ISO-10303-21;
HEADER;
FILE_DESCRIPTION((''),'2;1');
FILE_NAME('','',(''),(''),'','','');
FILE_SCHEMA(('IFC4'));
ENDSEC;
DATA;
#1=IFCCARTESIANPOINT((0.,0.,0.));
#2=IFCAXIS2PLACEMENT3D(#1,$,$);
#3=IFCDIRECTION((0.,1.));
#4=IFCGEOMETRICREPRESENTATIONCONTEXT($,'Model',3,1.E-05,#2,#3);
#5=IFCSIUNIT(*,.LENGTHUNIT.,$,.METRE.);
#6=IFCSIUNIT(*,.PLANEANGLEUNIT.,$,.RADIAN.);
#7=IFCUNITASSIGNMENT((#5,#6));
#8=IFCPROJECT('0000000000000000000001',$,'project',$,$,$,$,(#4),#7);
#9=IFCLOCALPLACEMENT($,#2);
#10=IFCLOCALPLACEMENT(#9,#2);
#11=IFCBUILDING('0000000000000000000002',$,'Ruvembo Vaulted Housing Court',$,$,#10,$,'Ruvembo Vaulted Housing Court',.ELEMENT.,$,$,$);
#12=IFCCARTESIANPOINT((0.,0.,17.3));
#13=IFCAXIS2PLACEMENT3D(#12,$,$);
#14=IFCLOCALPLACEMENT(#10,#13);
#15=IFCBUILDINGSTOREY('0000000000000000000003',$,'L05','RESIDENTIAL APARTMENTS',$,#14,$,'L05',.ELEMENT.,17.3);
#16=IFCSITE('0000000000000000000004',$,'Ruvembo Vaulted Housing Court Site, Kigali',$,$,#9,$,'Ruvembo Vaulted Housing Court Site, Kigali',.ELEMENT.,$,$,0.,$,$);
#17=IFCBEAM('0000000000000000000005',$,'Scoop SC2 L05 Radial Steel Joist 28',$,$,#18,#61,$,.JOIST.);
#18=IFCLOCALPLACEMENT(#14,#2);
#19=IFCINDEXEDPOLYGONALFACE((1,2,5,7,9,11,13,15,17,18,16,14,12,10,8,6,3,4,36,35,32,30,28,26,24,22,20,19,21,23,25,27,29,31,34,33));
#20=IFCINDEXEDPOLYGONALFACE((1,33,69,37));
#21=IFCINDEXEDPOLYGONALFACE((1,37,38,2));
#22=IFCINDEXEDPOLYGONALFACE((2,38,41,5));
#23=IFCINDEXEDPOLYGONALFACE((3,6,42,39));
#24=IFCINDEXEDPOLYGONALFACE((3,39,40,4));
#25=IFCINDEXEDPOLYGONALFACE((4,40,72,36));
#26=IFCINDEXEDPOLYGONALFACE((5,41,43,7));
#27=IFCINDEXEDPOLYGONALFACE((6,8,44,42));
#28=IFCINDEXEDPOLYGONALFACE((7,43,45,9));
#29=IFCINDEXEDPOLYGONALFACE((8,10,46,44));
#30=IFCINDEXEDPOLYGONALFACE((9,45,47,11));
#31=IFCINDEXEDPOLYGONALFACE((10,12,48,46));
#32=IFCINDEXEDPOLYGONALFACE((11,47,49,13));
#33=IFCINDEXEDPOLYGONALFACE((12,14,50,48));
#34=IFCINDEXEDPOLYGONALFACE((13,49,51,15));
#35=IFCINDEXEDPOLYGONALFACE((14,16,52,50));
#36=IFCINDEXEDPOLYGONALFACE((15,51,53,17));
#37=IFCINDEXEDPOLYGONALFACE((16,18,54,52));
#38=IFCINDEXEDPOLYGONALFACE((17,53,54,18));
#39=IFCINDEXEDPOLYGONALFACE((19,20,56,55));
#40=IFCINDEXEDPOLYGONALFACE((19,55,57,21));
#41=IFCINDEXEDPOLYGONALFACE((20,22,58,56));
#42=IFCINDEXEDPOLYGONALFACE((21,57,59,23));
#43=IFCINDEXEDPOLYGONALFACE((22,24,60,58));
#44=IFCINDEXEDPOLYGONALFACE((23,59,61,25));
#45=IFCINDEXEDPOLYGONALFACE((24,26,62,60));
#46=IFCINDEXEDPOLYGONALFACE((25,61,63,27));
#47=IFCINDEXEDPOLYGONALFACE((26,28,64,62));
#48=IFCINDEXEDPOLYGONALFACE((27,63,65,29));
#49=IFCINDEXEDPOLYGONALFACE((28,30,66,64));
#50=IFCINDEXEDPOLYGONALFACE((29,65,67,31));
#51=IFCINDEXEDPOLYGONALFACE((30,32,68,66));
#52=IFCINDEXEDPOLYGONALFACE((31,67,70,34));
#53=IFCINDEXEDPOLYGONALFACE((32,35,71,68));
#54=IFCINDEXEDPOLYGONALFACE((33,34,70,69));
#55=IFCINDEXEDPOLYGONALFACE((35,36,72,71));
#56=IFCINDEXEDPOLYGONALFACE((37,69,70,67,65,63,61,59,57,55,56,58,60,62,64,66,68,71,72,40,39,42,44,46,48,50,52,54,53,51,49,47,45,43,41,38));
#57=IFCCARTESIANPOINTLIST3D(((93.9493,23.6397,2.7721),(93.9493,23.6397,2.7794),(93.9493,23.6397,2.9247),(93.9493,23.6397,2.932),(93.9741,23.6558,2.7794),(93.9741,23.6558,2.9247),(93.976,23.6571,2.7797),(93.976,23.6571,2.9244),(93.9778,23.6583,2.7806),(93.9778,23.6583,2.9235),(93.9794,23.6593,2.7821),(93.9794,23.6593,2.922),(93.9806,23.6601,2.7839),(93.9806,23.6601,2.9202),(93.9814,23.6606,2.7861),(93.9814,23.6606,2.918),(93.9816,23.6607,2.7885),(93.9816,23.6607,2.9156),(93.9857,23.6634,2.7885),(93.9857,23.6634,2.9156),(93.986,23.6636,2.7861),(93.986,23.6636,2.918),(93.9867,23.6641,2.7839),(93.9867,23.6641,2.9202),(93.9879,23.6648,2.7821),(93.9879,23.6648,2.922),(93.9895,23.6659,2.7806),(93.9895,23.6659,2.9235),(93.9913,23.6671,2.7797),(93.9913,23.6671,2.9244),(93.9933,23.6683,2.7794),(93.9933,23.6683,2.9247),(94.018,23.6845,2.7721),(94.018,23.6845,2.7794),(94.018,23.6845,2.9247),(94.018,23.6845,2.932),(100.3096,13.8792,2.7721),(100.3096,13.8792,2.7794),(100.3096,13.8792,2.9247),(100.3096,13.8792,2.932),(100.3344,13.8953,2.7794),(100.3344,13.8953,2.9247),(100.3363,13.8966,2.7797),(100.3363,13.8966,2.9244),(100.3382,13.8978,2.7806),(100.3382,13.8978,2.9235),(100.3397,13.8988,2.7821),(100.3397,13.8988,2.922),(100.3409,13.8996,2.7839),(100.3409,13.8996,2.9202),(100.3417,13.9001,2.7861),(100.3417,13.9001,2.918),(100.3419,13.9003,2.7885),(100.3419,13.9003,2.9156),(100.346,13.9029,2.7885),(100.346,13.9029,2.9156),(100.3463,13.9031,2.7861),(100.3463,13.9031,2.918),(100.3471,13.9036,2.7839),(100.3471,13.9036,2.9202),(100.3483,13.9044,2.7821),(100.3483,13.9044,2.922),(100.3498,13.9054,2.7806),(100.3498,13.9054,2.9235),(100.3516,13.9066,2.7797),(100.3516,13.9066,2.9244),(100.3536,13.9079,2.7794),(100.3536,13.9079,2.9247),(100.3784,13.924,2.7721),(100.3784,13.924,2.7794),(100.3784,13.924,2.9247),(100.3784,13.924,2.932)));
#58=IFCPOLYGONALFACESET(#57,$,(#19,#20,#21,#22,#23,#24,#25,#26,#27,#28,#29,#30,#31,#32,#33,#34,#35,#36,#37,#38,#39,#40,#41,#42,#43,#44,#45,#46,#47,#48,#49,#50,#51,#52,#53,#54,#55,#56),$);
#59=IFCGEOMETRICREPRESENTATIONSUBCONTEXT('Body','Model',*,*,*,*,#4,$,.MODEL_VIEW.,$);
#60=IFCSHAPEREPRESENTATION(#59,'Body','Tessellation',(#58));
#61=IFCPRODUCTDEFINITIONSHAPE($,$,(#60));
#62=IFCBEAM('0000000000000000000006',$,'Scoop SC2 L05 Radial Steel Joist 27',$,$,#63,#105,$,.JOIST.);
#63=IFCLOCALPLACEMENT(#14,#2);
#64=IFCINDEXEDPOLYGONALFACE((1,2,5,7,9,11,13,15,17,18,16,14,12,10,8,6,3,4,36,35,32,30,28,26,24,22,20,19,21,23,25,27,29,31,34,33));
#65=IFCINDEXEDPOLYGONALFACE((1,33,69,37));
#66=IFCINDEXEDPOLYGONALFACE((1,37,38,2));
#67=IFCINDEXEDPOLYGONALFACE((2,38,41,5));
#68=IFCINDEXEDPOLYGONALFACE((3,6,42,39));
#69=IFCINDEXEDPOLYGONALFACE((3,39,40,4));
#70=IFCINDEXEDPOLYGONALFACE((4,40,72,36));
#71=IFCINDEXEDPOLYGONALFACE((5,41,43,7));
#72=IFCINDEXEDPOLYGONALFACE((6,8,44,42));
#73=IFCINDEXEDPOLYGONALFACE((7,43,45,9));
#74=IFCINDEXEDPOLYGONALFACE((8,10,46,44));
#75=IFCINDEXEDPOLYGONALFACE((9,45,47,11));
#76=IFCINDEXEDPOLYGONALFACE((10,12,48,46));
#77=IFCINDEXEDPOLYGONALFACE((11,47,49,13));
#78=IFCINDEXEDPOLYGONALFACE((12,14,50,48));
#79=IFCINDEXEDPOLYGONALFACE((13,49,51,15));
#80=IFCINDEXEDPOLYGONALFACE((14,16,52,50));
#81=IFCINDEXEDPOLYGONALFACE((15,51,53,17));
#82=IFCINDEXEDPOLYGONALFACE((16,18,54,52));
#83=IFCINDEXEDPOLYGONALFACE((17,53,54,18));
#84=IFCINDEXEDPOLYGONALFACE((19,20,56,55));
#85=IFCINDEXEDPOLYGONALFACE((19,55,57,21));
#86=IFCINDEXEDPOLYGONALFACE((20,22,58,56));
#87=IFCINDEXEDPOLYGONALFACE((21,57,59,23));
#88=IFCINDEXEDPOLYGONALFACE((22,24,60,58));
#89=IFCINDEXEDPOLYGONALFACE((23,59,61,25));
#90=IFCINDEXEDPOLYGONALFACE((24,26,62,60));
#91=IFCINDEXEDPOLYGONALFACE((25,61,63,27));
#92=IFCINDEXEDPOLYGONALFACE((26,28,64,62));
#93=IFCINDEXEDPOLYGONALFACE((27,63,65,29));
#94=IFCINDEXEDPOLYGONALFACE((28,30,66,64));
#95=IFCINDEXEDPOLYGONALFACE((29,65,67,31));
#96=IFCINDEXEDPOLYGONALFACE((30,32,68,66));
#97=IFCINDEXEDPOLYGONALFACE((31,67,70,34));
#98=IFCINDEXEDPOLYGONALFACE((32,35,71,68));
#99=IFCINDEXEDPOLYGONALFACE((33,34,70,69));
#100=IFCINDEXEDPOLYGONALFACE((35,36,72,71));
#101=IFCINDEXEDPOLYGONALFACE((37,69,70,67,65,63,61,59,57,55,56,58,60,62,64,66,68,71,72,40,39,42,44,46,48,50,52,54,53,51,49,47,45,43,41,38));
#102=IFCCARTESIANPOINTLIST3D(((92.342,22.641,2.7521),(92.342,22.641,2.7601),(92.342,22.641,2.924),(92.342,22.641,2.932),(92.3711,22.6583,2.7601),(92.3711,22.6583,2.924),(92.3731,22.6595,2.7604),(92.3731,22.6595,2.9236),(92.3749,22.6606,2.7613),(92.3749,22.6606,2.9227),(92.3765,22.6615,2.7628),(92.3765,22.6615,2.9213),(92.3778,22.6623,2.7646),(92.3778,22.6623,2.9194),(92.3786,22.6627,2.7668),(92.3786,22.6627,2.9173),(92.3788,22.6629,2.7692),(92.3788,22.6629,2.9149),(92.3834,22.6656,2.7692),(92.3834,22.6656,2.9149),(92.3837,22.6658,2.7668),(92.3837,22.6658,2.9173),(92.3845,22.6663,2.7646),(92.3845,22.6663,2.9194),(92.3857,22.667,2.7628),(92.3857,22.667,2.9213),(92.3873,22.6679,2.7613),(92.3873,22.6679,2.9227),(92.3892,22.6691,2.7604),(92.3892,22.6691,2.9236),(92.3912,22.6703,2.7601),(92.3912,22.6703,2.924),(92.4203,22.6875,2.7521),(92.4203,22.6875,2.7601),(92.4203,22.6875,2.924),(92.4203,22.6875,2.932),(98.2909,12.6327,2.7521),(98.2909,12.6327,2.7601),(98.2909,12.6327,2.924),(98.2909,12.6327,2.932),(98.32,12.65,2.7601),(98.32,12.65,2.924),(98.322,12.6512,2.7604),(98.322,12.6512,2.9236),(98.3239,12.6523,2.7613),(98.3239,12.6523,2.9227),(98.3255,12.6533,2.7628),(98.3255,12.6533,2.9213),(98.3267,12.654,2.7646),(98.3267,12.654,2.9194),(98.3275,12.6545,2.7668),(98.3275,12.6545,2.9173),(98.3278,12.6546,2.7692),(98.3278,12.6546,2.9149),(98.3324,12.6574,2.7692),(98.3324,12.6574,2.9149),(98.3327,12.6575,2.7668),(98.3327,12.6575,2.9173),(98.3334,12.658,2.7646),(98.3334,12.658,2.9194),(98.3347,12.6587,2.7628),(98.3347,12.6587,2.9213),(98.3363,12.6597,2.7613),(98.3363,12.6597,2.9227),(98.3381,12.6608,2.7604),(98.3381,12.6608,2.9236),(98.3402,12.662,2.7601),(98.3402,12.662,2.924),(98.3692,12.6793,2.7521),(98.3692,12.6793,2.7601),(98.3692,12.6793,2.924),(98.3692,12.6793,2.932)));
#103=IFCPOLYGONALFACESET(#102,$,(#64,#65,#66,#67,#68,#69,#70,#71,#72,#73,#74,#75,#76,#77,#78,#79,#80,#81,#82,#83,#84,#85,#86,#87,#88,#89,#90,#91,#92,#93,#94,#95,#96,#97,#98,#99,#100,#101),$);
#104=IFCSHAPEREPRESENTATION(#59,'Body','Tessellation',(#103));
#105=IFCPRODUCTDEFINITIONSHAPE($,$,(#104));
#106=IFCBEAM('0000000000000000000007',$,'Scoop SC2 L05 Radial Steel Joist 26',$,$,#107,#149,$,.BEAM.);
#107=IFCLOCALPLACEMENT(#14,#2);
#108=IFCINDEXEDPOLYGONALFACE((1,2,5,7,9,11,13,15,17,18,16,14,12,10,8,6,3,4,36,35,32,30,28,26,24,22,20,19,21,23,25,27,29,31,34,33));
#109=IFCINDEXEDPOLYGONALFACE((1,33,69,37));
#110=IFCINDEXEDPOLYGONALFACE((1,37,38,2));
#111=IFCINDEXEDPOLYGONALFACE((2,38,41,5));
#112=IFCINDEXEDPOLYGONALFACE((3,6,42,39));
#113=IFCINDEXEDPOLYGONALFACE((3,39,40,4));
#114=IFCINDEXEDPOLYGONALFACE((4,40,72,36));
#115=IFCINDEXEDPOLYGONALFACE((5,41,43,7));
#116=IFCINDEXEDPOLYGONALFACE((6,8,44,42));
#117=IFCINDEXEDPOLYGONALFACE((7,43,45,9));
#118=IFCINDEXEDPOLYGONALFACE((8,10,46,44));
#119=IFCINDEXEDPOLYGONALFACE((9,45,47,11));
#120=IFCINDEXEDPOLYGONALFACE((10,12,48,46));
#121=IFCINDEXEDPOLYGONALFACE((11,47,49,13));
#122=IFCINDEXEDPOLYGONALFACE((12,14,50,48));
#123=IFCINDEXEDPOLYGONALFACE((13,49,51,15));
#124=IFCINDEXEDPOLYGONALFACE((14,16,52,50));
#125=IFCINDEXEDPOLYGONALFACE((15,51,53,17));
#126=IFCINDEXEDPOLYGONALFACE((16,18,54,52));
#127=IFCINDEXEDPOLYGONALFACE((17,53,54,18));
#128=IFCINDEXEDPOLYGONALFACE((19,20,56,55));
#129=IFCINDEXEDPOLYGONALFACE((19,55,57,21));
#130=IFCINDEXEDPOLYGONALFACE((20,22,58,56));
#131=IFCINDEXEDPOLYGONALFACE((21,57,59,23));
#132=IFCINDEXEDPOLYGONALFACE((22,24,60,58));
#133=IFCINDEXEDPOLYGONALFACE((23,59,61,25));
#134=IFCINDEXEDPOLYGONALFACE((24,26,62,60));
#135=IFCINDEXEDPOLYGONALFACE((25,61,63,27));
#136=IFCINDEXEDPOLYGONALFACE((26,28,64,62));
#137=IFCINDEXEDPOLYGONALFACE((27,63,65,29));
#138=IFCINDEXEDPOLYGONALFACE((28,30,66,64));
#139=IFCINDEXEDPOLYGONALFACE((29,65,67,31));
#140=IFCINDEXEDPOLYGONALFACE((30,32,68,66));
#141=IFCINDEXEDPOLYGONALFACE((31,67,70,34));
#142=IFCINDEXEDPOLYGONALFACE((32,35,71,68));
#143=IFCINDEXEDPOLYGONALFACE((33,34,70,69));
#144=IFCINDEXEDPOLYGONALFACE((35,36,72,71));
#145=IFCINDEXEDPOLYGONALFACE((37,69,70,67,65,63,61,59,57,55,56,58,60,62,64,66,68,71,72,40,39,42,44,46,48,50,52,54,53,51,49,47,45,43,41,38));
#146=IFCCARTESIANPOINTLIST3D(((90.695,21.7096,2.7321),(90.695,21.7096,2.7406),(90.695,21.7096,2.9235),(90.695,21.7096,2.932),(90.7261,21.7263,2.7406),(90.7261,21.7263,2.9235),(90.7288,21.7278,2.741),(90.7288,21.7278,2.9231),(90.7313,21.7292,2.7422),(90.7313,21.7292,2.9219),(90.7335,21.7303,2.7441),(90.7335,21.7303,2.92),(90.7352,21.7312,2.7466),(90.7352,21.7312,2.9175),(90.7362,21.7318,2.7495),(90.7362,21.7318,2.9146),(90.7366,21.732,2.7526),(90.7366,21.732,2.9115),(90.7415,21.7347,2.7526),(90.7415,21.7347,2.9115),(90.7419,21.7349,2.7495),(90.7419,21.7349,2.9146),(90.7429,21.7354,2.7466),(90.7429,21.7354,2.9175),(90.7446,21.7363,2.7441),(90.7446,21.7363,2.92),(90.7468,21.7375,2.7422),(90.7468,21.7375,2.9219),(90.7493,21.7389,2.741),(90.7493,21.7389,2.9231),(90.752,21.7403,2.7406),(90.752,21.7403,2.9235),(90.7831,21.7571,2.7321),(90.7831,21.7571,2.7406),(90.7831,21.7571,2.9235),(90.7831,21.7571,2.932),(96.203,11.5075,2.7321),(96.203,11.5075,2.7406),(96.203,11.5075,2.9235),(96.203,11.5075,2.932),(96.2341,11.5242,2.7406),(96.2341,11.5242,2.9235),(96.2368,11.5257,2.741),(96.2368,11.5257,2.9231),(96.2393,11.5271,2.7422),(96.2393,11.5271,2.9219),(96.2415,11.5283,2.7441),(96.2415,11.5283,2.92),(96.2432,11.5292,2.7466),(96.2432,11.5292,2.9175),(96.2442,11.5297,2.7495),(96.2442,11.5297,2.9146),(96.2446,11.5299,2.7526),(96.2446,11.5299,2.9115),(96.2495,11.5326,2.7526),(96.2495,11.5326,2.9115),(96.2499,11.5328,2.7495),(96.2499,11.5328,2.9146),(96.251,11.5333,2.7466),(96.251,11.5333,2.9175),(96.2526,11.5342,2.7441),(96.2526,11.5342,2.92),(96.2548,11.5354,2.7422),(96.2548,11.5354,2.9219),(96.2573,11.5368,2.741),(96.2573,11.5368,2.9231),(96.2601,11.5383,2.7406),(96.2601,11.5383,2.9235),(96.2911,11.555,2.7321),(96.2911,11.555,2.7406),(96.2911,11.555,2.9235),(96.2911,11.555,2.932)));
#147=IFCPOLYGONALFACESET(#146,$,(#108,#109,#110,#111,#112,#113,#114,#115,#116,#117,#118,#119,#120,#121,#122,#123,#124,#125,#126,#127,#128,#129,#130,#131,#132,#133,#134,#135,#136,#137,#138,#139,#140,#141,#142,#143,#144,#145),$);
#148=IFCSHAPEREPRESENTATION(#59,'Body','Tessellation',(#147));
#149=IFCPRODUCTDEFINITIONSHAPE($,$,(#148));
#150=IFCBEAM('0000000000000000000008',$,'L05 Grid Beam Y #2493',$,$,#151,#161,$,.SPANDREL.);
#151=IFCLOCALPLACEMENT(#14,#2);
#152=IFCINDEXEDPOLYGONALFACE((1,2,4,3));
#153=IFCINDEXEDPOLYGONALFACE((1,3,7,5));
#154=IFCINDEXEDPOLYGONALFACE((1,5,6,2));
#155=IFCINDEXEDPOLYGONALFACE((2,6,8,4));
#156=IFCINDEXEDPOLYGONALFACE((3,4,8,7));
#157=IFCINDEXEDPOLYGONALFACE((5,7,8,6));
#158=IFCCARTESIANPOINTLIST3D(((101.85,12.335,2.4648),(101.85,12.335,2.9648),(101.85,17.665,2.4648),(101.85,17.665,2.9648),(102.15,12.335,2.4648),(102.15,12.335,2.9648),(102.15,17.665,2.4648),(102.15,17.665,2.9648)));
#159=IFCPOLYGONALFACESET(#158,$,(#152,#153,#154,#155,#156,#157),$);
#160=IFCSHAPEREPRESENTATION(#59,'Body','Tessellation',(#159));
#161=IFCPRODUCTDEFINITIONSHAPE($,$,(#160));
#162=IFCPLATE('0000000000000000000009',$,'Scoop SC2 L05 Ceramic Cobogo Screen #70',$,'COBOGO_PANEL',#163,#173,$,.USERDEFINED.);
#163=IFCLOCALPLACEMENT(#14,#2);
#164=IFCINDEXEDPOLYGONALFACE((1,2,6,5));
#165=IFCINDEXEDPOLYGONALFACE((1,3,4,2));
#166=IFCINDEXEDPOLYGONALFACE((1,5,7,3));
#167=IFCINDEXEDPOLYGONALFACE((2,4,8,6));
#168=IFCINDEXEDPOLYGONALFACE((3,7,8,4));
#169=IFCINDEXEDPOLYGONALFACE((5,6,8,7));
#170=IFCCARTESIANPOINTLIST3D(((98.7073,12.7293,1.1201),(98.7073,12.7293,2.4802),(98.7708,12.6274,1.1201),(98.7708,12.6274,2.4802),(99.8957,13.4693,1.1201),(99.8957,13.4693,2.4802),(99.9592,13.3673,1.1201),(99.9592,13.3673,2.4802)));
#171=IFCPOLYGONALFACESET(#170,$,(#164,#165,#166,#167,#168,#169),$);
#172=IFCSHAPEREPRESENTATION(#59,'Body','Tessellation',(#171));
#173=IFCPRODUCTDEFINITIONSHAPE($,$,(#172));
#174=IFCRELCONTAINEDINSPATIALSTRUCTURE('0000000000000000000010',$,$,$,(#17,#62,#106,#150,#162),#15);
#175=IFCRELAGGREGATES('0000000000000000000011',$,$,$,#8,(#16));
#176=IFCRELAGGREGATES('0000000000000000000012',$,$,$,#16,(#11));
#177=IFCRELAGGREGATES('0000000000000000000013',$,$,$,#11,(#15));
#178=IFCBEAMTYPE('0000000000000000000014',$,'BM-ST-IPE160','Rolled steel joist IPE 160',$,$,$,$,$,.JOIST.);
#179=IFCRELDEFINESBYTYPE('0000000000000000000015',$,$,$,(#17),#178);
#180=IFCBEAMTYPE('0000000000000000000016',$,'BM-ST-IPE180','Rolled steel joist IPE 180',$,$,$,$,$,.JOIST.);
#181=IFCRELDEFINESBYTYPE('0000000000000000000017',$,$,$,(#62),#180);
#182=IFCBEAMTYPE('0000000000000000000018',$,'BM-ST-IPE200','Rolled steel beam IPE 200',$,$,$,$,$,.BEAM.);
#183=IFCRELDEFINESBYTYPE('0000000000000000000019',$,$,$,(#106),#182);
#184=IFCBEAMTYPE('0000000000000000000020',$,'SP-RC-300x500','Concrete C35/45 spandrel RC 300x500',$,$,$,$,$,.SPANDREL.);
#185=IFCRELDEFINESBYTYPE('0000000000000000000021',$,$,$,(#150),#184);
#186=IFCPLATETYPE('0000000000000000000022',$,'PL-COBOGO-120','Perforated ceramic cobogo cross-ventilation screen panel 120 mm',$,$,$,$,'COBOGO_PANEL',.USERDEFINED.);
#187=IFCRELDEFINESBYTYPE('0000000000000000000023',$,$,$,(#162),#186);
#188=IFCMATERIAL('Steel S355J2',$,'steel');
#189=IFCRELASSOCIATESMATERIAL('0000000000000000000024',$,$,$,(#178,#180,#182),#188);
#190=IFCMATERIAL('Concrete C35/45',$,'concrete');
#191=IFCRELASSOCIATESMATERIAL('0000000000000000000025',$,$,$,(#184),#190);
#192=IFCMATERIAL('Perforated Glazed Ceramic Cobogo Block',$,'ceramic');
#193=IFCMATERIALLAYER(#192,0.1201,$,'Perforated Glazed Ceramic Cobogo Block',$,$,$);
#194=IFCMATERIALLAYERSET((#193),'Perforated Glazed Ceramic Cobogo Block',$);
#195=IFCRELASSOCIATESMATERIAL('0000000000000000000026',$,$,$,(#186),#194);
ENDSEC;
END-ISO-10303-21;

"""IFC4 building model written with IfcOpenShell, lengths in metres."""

from ifc_helpers import new_model, si_unit, direction, frame, origin, origin_2d, place, context, subcontext, project, spatial, rectangle, i_section, extrude, material, layer, layer_set, material_profile, profile_set, type_object, element, save


model = new_model("IFC4")

# Units and contexts
model_context = context("Model", 3, precision=1e-05, world=origin(), true_north=direction((0.0, 1.0)))
body_context = subcontext(model_context, "Body", "Model", "MODEL_VIEW")
ifc_project = project(units=[si_unit("LENGTHUNIT", "METRE"), si_unit("PLANEANGLEUNIT", "RADIAN")], contexts=[model_context])

# Site, building, storey
site_placement = place(None, origin())
site = spatial("IfcSite", under=ifc_project, at=site_placement, Name="Ruvembo Vaulted Housing Court Site, Kigali", LongName="Ruvembo Vaulted Housing Court Site, Kigali", CompositionType="ELEMENT", RefElevation=0.0)
building_placement = place(site_placement, origin())
building = spatial("IfcBuilding", under=site, at=building_placement, Name="Ruvembo Vaulted Housing Court", LongName="Ruvembo Vaulted Housing Court", CompositionType="ELEMENT")
storey_placement = place(building_placement, frame((0.0, 0.0, 17.3)))
storey = spatial("IfcBuildingStorey", under=building, at=storey_placement, Name="L05", Description="RESIDENTIAL APARTMENTS", LongName="L05", CompositionType="ELEMENT", Elevation=17.3)

# Shared definitions
ifc_material_1 = material(Name="Concrete C35/45", Category="concrete")

# Beams
ifc_material_2 = material(Name="Steel S355J2", Category="steel")
ifc_material_profile_1 = material_profile(ifc_material_2, i_section(OverallWidth=0.082, OverallDepth=0.1599, WebThickness=0.0049, FlangeThickness=0.0073, FilletRadius=0.009, at=origin_2d()), Name="IPE 160")
ifc_profile_set_1 = profile_set([ifc_material_profile_1], Name="Steel S355J2")
beam_type_1 = type_object("IfcBeamType", Name="BM-ST-IPE160", Description="Rolled steel joist IPE 160", PredefinedType="JOIST", material=ifc_profile_set_1)
beam_1_placement = place(storey_placement, frame((100.344, 13.9016, 2.8521), z_axis=(-0.545955, 0.837814, 0.0), x_axis=(-0.837814, -0.545955, 0.0)))
element("IfcBeam", 1, at=beam_1_placement, inside=storey, type_object=beam_type_1, Name="Scoop SC2 L05 Radial Steel Joist 28", PredefinedType="JOIST", context=body_context, shape_type="SweptSolid", body=[
    extrude(i_section(OverallWidth=0.082, OverallDepth=0.1599, WebThickness=0.0049, FlangeThickness=0.0073, FilletRadius=0.009, at=origin_2d()), origin(), (0.0, 0.0, 1.0), 11.6499),
])
ifc_material_profile_2 = material_profile(ifc_material_2, i_section(OverallWidth=0.0911, OverallDepth=0.1799, WebThickness=0.0054, FlangeThickness=0.0081, FilletRadius=0.009, at=origin_2d()), Name="IPE 180")
ifc_profile_set_2 = profile_set([ifc_material_profile_2], Name="Steel S355J2")
beam_type_2 = type_object("IfcBeamType", Name="BM-ST-IPE180", Description="Rolled steel joist IPE 180", PredefinedType="JOIST", material=ifc_profile_set_2)
beam_2_placement = place(storey_placement, frame((98.3301, 12.656, 2.842), z_axis=(-0.510954, 0.859608, 0.0), x_axis=(-0.859608, -0.510954, 0.0)))
element("IfcBeam", 2, at=beam_2_placement, inside=storey, type_object=beam_type_2, Name="Scoop SC2 L05 Radial Steel Joist 27", PredefinedType="JOIST", context=body_context, shape_type="SweptSolid", body=[
    extrude(i_section(OverallWidth=0.0911, OverallDepth=0.1799, WebThickness=0.0054, FlangeThickness=0.0081, FilletRadius=0.009, at=origin_2d()), origin(), (0.0, 0.0, 1.0), 11.6428),
])
ifc_material_profile_3 = material_profile(ifc_material_2, i_section(OverallWidth=0.1001, OverallDepth=0.2, WebThickness=0.0056, FlangeThickness=0.0085, FilletRadius=0.012, at=origin_2d()), Name="IPE 200")
ifc_profile_set_3 = profile_set([ifc_material_profile_3], Name="Steel S355J2")
beam_type_3 = type_object("IfcBeamType", Name="BM-ST-IPE200", Description="Rolled steel beam IPE 200", PredefinedType="BEAM", material=ifc_profile_set_3)
beam_3_placement = place(storey_placement, frame((96.2471, 11.5312, 2.832), z_axis=(-0.475075, 0.879945, 0.0), x_axis=(-0.879945, -0.475075, 0.0)))
element("IfcBeam", 3, at=beam_3_placement, inside=storey, type_object=beam_type_3, Name="Scoop SC2 L05 Radial Steel Joist 26", PredefinedType="BEAM", context=body_context, shape_type="SweptSolid", body=[
    extrude(i_section(OverallWidth=0.1001, OverallDepth=0.2, WebThickness=0.0056, FlangeThickness=0.0085, FilletRadius=0.012, at=origin_2d()), origin(), (0.0, 0.0, 1.0), 11.594),
])
ifc_material_profile_4 = material_profile(ifc_material_1, rectangle(XDim=0.3, YDim=0.5, at=origin_2d()), Name="RC 300x500")
ifc_profile_set_4 = profile_set([ifc_material_profile_4], Name="Concrete C35/45")
beam_type_4 = type_object("IfcBeamType", Name="SP-RC-300x500", Description="Concrete C35/45 spandrel RC 300x500", PredefinedType="SPANDREL", material=ifc_profile_set_4)
beam_4_placement = place(storey_placement, frame((102.0, 12.335, 2.7148), z_axis=(0.0, 1.0, 0.0), x_axis=(-1.0, 0.0, 0.0)))
element("IfcBeam", 4, at=beam_4_placement, inside=storey, type_object=beam_type_4, Name="L05 Grid Beam Y #2493", PredefinedType="SPANDREL", context=body_context, shape_type="SweptSolid", body=[
    extrude(rectangle(XDim=0.3, YDim=0.5, at=origin_2d()), origin(), (0.0, 0.0, 1.0), 5.3301),
])

# Plate
ifc_material_3 = material(Name="Perforated Glazed Ceramic Cobogo Block", Category="ceramic")
ifc_layer_1 = layer(ifc_material_3, 0.1201, Name="Perforated Glazed Ceramic Cobogo Block")
ifc_layer_set_1 = layer_set([ifc_layer_1], Name="Perforated Glazed Ceramic Cobogo Block")
plate_type = type_object("IfcPlateType", Name="PL-COBOGO-120", Description="Perforated ceramic cobogo cross-ventilation screen panel 120 mm", ElementType="COBOGO_PANEL", PredefinedType="USERDEFINED", material=ifc_layer_set_1)
plate_placement = place(storey_placement, frame((99.3333, 13.0483, 1.1201), z_axis=(0.0, 0.0, 1.0), x_axis=(0.848889, 0.528572, 0.0)))
element("IfcPlate", 5, at=plate_placement, inside=storey, type_object=plate_type, Name="Scoop SC2 L05 Ceramic Cobogo Screen #70", ObjectType="COBOGO_PANEL", PredefinedType="USERDEFINED", context=body_context, shape_type="SweptSolid", body=[
    extrude(rectangle(XDim=1.3999, YDim=0.1201, at=origin_2d()), origin(), (0.0, 0.0, 1.0), 1.3601),
])

save(model, "model.ifc")
